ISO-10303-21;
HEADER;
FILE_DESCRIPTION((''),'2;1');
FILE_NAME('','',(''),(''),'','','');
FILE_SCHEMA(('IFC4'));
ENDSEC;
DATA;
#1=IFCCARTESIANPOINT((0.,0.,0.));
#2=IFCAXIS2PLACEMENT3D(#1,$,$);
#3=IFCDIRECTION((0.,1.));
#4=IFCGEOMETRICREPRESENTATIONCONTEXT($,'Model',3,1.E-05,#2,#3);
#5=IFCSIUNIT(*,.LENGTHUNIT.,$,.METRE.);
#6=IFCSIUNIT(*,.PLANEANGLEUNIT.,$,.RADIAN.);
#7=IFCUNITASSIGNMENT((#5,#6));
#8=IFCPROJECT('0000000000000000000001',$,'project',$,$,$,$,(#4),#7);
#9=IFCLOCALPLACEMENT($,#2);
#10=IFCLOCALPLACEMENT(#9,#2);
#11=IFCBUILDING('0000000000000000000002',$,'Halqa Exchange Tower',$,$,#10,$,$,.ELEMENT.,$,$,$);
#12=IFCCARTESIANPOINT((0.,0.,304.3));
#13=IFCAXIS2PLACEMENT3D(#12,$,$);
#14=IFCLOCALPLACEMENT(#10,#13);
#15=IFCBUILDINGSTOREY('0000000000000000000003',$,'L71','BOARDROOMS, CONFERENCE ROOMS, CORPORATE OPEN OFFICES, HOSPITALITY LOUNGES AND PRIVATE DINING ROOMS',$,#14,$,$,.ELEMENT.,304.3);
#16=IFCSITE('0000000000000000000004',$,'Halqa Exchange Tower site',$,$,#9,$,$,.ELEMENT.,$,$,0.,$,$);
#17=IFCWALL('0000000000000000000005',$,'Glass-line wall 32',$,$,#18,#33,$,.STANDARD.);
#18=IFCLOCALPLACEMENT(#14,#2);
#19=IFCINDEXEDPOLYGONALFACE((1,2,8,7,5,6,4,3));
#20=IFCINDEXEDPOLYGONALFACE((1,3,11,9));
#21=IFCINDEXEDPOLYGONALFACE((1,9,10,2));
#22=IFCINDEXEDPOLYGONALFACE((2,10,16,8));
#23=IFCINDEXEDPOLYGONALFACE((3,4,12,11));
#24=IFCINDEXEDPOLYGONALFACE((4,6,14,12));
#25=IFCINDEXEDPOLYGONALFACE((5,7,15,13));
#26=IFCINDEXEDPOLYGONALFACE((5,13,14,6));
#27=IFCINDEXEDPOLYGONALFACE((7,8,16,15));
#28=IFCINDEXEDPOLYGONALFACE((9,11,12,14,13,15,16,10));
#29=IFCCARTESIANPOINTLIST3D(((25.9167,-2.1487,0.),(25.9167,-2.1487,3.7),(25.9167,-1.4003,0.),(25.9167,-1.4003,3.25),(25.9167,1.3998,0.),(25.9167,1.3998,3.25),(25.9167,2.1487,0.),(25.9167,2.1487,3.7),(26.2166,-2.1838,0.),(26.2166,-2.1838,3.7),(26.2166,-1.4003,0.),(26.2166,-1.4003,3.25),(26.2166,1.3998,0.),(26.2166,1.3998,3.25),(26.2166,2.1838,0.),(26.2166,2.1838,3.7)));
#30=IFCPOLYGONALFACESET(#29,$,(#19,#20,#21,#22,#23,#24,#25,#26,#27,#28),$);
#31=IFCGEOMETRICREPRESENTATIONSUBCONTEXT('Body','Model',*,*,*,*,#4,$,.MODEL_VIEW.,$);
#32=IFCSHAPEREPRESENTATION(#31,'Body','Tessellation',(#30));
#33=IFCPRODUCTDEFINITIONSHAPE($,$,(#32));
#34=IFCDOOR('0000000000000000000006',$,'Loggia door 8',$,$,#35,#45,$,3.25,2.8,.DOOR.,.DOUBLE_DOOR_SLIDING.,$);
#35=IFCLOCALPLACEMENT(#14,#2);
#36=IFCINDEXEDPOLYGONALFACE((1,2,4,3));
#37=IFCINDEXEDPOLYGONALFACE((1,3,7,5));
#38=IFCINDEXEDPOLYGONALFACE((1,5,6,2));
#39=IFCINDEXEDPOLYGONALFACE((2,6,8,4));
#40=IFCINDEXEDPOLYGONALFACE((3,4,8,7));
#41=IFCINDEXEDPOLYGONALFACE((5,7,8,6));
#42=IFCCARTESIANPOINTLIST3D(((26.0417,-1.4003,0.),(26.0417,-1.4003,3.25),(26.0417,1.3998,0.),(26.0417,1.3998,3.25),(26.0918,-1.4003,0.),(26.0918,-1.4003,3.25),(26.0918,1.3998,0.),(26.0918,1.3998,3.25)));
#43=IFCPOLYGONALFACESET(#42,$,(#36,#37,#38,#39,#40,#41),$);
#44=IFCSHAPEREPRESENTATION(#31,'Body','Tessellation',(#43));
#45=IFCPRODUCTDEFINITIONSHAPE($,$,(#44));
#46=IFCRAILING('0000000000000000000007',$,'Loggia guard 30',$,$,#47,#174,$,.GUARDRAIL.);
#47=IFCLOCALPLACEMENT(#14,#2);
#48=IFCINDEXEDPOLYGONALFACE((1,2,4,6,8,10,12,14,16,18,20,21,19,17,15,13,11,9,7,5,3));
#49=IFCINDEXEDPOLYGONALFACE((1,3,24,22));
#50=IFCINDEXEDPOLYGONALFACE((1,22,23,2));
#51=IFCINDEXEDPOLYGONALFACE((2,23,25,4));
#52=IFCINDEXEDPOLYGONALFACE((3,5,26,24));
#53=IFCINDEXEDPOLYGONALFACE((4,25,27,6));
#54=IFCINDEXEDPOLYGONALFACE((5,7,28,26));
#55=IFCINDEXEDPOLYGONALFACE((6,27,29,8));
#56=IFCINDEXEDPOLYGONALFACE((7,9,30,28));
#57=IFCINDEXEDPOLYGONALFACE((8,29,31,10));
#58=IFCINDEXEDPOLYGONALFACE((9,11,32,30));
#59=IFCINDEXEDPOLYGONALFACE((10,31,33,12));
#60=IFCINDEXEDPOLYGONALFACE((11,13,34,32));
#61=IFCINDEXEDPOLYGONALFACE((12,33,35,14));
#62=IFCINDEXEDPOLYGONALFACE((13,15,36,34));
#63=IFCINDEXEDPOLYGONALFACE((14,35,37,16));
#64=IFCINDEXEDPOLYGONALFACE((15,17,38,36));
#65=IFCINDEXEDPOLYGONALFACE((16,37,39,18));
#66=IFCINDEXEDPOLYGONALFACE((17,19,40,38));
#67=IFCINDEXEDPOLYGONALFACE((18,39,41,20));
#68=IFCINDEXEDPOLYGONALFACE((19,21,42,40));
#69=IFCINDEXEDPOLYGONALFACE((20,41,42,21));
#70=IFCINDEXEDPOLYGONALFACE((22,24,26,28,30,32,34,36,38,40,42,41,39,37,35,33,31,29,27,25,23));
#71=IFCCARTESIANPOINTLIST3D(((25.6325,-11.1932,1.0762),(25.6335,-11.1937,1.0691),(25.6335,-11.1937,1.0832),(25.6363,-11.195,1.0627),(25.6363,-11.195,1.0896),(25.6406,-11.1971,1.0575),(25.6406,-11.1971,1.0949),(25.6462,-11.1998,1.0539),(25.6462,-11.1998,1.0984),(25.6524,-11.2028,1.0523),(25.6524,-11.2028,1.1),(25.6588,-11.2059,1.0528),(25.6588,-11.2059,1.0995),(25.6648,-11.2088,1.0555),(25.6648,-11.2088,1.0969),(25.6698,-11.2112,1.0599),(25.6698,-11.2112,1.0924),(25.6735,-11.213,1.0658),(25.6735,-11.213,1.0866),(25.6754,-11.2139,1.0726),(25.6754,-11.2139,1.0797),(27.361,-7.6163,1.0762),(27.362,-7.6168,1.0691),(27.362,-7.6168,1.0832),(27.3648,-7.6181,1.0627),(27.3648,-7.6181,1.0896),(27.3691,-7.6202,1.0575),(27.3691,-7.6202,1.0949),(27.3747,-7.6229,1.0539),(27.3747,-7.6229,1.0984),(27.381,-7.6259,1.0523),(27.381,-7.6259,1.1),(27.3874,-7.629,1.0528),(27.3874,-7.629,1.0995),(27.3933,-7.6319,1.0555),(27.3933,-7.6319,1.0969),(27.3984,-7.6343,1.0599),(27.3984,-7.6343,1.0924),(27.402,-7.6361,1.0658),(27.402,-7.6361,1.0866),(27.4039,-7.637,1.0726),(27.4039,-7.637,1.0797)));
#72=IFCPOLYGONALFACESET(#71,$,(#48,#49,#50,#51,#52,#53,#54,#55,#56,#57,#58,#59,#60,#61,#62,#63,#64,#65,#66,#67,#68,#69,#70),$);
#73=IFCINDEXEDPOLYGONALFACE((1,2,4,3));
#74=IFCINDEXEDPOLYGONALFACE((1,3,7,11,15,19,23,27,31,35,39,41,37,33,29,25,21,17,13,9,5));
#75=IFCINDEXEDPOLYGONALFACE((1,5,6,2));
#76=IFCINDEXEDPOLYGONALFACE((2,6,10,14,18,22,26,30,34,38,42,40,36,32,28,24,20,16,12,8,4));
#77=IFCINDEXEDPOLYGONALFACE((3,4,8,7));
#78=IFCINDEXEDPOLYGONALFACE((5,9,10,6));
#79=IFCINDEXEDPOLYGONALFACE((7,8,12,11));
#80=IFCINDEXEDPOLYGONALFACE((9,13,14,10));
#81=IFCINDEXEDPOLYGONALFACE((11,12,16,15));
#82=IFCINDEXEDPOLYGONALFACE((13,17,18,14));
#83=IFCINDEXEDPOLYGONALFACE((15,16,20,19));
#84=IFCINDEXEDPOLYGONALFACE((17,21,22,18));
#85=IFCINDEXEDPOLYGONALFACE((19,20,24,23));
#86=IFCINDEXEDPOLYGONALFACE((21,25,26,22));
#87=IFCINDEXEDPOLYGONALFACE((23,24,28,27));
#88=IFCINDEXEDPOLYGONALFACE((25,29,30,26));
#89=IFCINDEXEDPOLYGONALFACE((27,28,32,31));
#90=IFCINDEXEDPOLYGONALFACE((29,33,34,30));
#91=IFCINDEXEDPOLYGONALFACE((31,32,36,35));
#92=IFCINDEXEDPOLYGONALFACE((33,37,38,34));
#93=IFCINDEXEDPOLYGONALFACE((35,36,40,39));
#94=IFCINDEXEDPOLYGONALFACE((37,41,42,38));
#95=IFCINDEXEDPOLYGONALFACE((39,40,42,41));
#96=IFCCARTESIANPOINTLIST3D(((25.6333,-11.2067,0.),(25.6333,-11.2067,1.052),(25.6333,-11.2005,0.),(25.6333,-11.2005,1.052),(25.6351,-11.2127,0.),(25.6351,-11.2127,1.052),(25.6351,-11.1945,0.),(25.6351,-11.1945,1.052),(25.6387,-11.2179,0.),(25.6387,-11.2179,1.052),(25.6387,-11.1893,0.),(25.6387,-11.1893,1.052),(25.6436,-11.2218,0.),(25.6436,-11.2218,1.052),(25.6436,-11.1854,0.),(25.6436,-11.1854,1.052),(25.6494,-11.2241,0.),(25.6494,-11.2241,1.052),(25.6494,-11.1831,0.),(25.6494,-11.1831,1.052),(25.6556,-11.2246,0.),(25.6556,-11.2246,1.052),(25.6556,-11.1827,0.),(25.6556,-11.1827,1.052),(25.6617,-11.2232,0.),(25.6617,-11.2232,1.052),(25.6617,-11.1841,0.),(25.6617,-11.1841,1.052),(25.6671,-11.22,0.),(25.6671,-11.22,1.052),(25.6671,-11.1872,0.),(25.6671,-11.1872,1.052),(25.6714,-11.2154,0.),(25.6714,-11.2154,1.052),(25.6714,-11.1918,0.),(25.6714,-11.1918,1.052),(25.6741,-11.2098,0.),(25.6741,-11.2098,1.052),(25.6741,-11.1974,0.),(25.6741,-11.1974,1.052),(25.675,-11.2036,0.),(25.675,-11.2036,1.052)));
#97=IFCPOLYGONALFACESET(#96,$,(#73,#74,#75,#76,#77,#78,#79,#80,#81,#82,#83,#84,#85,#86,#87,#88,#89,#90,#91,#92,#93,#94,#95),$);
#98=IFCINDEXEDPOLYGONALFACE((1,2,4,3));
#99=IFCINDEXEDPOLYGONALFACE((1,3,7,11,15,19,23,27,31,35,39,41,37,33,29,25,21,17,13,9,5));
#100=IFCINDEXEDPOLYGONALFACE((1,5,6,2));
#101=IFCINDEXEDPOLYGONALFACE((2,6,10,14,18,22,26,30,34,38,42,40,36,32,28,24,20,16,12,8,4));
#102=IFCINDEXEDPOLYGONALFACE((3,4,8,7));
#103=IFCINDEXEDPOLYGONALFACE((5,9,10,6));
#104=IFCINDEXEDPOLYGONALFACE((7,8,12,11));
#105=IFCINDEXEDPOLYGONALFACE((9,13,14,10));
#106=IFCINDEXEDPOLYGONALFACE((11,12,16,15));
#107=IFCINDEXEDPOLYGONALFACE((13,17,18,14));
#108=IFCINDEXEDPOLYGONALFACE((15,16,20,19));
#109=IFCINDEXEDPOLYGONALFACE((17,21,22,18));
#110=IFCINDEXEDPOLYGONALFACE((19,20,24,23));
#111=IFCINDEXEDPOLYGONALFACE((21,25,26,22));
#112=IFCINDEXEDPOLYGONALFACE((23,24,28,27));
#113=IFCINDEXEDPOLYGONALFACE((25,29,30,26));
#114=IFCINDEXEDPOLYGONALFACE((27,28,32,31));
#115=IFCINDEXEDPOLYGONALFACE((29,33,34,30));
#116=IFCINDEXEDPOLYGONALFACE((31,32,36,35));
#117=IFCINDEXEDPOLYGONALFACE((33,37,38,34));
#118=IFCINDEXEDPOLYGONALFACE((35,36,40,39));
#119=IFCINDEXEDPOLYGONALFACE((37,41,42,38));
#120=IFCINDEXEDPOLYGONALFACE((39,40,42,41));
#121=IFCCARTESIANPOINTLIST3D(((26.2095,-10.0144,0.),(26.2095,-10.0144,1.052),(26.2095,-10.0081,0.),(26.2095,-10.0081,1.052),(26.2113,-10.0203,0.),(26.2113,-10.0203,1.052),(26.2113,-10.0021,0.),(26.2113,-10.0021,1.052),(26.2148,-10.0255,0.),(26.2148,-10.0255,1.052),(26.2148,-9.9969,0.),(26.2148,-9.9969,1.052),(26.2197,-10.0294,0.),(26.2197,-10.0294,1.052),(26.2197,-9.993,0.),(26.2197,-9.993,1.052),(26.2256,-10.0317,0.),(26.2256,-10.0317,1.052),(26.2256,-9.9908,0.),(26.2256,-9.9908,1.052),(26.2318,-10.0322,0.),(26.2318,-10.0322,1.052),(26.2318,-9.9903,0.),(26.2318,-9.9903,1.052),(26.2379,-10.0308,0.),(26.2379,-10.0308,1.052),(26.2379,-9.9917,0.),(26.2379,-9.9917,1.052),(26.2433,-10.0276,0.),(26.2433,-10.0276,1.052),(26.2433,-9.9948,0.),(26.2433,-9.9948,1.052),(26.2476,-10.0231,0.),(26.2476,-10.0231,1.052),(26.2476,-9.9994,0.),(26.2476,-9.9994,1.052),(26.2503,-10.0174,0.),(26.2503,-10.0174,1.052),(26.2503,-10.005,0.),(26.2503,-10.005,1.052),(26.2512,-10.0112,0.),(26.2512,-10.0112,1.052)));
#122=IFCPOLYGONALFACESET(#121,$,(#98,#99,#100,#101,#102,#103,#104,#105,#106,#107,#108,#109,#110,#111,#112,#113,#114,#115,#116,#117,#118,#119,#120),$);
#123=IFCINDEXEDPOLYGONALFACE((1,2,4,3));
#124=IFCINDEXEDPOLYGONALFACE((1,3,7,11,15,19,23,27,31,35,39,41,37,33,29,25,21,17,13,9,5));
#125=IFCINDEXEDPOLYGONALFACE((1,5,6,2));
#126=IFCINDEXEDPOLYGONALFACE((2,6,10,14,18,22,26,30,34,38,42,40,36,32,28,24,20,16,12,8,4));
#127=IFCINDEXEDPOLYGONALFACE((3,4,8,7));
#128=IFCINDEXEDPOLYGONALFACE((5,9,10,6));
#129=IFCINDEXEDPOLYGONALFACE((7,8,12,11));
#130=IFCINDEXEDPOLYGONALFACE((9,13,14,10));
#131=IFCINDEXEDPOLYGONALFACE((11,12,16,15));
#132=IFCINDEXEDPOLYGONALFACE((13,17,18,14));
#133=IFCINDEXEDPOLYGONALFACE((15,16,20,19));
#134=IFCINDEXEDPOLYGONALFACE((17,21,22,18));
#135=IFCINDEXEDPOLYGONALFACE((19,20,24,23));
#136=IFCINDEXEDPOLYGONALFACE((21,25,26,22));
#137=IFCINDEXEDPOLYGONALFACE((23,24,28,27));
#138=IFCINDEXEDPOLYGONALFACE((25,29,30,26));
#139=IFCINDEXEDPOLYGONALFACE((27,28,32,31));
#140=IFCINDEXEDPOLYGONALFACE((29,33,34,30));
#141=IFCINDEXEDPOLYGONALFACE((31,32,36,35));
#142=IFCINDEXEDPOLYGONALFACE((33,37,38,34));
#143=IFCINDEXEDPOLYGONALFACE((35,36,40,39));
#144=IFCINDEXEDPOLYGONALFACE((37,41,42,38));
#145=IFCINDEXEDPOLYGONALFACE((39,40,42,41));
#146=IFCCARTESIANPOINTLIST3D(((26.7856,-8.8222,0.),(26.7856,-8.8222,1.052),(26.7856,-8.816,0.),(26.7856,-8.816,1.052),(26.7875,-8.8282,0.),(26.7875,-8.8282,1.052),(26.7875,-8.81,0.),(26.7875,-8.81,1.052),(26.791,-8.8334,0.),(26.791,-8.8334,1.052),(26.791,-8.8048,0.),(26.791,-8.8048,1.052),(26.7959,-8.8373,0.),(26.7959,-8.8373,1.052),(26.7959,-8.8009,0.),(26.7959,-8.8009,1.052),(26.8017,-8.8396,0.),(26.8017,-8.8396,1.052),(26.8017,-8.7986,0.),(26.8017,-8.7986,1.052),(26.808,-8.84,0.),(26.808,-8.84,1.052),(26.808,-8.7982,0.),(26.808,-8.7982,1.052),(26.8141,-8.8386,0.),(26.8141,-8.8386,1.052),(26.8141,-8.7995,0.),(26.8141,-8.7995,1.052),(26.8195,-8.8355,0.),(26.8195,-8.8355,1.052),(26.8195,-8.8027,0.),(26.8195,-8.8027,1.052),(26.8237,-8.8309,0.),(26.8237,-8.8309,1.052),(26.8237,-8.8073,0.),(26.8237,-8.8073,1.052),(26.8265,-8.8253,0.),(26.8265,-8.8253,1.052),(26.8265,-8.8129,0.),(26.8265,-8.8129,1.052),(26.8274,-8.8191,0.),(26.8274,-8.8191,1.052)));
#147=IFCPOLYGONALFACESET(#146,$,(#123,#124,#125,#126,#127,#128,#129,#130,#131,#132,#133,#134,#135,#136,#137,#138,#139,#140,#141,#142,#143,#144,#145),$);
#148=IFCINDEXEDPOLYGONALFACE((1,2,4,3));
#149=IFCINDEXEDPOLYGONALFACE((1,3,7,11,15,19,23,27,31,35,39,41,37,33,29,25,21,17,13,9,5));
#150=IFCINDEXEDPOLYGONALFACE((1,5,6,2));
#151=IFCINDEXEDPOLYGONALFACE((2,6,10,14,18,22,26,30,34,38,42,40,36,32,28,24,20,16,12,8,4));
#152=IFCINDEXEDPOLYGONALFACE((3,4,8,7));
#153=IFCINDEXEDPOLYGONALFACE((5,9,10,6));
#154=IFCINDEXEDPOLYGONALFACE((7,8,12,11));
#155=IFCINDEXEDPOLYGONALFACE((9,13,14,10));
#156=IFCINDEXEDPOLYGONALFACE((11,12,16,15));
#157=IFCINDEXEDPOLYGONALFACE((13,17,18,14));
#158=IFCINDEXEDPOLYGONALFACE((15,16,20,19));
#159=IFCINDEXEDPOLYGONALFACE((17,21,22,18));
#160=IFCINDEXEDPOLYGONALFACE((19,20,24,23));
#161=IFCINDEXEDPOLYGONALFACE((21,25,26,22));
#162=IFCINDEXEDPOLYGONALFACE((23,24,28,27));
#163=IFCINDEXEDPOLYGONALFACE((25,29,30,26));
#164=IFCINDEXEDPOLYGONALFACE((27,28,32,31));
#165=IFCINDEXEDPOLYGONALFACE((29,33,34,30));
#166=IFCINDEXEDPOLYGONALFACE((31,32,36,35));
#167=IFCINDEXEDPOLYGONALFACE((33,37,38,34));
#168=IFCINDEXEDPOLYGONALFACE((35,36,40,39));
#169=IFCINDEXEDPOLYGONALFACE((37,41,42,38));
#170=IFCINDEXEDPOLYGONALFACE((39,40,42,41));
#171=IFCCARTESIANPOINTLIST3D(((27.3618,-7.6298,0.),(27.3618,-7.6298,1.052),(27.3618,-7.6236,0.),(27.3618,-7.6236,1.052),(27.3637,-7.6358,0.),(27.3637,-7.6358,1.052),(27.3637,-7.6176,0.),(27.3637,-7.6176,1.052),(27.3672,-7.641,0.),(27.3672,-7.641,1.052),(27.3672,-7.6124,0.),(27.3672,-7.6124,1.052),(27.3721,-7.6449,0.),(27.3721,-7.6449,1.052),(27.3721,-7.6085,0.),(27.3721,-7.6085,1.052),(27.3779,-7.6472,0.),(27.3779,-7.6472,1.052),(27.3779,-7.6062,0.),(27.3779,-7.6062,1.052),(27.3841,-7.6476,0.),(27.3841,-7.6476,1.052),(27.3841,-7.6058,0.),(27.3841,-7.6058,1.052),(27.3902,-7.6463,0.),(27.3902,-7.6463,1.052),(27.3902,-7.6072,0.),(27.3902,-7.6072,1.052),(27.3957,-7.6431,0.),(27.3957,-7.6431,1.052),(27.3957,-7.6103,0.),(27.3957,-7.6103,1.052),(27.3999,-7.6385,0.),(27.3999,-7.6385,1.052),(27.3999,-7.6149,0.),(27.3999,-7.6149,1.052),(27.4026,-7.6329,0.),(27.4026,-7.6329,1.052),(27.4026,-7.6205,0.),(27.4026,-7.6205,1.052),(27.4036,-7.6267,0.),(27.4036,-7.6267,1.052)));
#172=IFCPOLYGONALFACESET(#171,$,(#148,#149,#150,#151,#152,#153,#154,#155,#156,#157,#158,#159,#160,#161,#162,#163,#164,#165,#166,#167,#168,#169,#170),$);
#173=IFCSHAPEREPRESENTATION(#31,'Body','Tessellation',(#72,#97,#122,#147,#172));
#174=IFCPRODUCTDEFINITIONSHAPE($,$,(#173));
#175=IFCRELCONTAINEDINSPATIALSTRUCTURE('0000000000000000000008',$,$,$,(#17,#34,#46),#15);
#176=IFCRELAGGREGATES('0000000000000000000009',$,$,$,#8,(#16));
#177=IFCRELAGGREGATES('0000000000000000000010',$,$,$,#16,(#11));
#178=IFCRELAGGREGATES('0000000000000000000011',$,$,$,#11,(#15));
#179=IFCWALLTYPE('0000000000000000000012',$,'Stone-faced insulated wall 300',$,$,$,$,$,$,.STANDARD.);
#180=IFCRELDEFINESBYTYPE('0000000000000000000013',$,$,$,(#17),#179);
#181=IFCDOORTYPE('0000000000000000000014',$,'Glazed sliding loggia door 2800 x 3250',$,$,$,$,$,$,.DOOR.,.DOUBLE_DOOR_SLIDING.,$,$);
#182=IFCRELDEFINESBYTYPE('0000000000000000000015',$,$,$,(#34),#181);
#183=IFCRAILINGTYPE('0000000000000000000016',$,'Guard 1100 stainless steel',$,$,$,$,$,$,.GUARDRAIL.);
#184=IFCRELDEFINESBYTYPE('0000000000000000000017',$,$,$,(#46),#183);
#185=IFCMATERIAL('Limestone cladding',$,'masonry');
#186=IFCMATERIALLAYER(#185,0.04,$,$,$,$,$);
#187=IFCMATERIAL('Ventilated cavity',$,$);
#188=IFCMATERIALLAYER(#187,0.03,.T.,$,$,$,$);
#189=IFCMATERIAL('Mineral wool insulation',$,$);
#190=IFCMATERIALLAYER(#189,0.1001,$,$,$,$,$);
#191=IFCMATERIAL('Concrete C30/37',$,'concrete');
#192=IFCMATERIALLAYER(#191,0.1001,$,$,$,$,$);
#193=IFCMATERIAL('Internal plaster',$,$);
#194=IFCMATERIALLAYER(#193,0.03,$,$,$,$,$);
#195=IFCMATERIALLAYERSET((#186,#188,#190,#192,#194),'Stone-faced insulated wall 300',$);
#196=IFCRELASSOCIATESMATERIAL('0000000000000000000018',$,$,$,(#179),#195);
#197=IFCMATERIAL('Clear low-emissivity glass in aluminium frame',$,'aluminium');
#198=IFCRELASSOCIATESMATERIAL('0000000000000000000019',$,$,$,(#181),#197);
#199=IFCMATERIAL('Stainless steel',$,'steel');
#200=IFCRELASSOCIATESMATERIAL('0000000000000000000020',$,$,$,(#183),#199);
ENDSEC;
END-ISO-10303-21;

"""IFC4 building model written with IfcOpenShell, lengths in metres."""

from ifc_helpers import new_model, si_unit, direction, frame, frame_2d, origin, origin_2d, place, context, subcontext, project, spatial, polyline, rectangle, circle, outline, extrude, material, layer, layer_set, type_object, element, fill, save


model = new_model("IFC4")

# Units and contexts
model_context = context("Model", 3, precision=1e-05, world=origin(), true_north=direction((0.0, 1.0)))
body_context = subcontext(model_context, "Body", "Model", "MODEL_VIEW")
ifc_project = project(units=[si_unit("LENGTHUNIT", "METRE"), si_unit("PLANEANGLEUNIT", "RADIAN")], contexts=[model_context])

# Site, building, storey
site_placement = place(None, origin())
site = spatial("IfcSite", under=ifc_project, at=site_placement, Name="Halqa Exchange Tower site", CompositionType="ELEMENT", RefElevation=0.0)
building_placement = place(site_placement, origin())
building = spatial("IfcBuilding", under=site, at=building_placement, Name="Halqa Exchange Tower", CompositionType="ELEMENT")
storey_placement = place(building_placement, frame((0.0, 0.0, 304.3)))
storey = spatial("IfcBuildingStorey", under=building, at=storey_placement, Name="L71", Description="BOARDROOMS, CONFERENCE ROOMS, CORPORATE OPEN OFFICES, HOSPITALITY LOUNGES AND PRIVATE DINING ROOMS", CompositionType="ELEMENT", Elevation=304.3)

# Shared definitions
ifc_material_1 = material(Name="Limestone cladding", Category="masonry")
ifc_layer_1 = layer(ifc_material_1, 0.04)
ifc_material_2 = material(Name="Ventilated cavity")
ifc_layer_2 = layer(ifc_material_2, 0.03, ventilated=True)
ifc_material_3 = material(Name="Mineral wool insulation")
ifc_layer_3 = layer(ifc_material_3, 0.1001)
ifc_material_4 = material(Name="Concrete C30/37", Category="concrete")
ifc_layer_4 = layer(ifc_material_4, 0.1001)
ifc_material_5 = material(Name="Internal plaster")
ifc_layer_5 = layer(ifc_material_5, 0.03)
ifc_layer_set_1 = layer_set([ifc_layer_1, ifc_layer_2, ifc_layer_3, ifc_layer_4, ifc_layer_5], Name="Stone-faced insulated wall 300")
wall_type_1 = type_object("IfcWallType", Name="Stone-faced insulated wall 300", PredefinedType="STANDARD", material=ifc_layer_set_1)
ifc_material_6 = material(Name="Clear low-emissivity glass in aluminium frame", Category="aluminium")

# Wall, opening, door
wall_1_placement = place(storey_placement, frame((26.0667, -2.1663, 0.0), z_axis=(0.0, 0.0, 1.0), x_axis=(0.0, 1.0, 0.0)))
wall_1 = element("IfcWall", 1, at=wall_1_placement, inside=storey, type_object=wall_type_1, Name="Glass-line wall 32", PredefinedType="STANDARD", context=body_context, shape_type="SweptSolid", body=[
    extrude(outline(polyline([(-0.0176, -0.1499), (4.3501, -0.1499), (4.3149, 0.1499), (0.0176, 0.1499), (-0.0176, -0.1499)])), origin(), (0.0, 0.0, 1.0), 3.7),
])
opening_1_placement = place(wall_1_placement, frame((0.7661, 0.0, 0.0)))
opening_1 = element("IfcOpeningElement", 2, at=opening_1_placement, cuts=wall_1, PredefinedType="OPENING", context=body_context, shape_type="SweptSolid", body=[
    extrude(rectangle(XDim=2.8, YDim=3.25, at=frame_2d((1.3999, 1.625))), frame((0.0, 0.1621, 0.0), z_axis=(0.0, -1.0, 0.0), x_axis=(1.0, 0.0, 0.0)), (0.0, 0.0, 1.0), 0.324),
])
door_type_1 = type_object("IfcDoorType", Name="Glazed sliding loggia door 2800 x 3250", OperationType="DOUBLE_DOOR_SLIDING", PredefinedType="DOOR", material=ifc_material_6)
door_1_placement = place(opening_1_placement, origin())
door_1 = element("IfcDoor", 3, at=door_1_placement, inside=storey, type_object=door_type_1, Name="Loggia door 8", OperationType="DOUBLE_DOOR_SLIDING", OverallHeight=3.25, OverallWidth=2.8, PredefinedType="DOOR", context=body_context, shape_type="SweptSolid", body=[
    extrude(rectangle(XDim=2.8, YDim=3.25, at=frame_2d((1.3999, 1.625))), frame((0.0, 0.0249, 0.0), z_axis=(0.0, -1.0, 0.0), x_axis=(1.0, 0.0, 0.0)), (0.0, 0.0, 1.0), 0.05),
])
fill(opening_1, door_1)

# Railing
ifc_material_7 = material(Name="Stainless steel", Category="steel")
railing_type = type_object("IfcRailingType", Name="Guard 1100 stainless steel", PredefinedType="GUARDRAIL", material=ifc_material_7)
railing_1_placement = place(storey_placement, frame((25.6541, -11.2036, 0.0)))
element("IfcRailing", 4, at=railing_1_placement, inside=storey, type_object=railing_type, Name="Loggia guard 30", PredefinedType="GUARDRAIL", context=body_context, shape_type="SweptSolid", body=[
    extrude(circle(Radius=0.0239, at=origin_2d()), frame((0.0, 0.0, 1.0762), z_axis=(0.435103, 0.900381, 0.0), x_axis=(-0.900381, 0.435103, 0.0)), (0.0, 0.0, 1.0), 3.9727),
    extrude(circle(Radius=0.021, at=origin_2d()), origin(), (0.0, 0.0, 1.0), 1.052),
    extrude(circle(Radius=0.021, at=origin_2d()), frame((0.5762, 1.1924, 0.0)), (0.0, 0.0, 1.0), 1.052),
    extrude(circle(Radius=0.021, at=origin_2d()), frame((1.1523, 2.3845, 0.0)), (0.0, 0.0, 1.0), 1.052),
    extrude(circle(Radius=0.021, at=origin_2d()), frame((1.7285, 3.5769, 0.0)), (0.0, 0.0, 1.0), 1.052),
])

save(model, "model.ifc")
